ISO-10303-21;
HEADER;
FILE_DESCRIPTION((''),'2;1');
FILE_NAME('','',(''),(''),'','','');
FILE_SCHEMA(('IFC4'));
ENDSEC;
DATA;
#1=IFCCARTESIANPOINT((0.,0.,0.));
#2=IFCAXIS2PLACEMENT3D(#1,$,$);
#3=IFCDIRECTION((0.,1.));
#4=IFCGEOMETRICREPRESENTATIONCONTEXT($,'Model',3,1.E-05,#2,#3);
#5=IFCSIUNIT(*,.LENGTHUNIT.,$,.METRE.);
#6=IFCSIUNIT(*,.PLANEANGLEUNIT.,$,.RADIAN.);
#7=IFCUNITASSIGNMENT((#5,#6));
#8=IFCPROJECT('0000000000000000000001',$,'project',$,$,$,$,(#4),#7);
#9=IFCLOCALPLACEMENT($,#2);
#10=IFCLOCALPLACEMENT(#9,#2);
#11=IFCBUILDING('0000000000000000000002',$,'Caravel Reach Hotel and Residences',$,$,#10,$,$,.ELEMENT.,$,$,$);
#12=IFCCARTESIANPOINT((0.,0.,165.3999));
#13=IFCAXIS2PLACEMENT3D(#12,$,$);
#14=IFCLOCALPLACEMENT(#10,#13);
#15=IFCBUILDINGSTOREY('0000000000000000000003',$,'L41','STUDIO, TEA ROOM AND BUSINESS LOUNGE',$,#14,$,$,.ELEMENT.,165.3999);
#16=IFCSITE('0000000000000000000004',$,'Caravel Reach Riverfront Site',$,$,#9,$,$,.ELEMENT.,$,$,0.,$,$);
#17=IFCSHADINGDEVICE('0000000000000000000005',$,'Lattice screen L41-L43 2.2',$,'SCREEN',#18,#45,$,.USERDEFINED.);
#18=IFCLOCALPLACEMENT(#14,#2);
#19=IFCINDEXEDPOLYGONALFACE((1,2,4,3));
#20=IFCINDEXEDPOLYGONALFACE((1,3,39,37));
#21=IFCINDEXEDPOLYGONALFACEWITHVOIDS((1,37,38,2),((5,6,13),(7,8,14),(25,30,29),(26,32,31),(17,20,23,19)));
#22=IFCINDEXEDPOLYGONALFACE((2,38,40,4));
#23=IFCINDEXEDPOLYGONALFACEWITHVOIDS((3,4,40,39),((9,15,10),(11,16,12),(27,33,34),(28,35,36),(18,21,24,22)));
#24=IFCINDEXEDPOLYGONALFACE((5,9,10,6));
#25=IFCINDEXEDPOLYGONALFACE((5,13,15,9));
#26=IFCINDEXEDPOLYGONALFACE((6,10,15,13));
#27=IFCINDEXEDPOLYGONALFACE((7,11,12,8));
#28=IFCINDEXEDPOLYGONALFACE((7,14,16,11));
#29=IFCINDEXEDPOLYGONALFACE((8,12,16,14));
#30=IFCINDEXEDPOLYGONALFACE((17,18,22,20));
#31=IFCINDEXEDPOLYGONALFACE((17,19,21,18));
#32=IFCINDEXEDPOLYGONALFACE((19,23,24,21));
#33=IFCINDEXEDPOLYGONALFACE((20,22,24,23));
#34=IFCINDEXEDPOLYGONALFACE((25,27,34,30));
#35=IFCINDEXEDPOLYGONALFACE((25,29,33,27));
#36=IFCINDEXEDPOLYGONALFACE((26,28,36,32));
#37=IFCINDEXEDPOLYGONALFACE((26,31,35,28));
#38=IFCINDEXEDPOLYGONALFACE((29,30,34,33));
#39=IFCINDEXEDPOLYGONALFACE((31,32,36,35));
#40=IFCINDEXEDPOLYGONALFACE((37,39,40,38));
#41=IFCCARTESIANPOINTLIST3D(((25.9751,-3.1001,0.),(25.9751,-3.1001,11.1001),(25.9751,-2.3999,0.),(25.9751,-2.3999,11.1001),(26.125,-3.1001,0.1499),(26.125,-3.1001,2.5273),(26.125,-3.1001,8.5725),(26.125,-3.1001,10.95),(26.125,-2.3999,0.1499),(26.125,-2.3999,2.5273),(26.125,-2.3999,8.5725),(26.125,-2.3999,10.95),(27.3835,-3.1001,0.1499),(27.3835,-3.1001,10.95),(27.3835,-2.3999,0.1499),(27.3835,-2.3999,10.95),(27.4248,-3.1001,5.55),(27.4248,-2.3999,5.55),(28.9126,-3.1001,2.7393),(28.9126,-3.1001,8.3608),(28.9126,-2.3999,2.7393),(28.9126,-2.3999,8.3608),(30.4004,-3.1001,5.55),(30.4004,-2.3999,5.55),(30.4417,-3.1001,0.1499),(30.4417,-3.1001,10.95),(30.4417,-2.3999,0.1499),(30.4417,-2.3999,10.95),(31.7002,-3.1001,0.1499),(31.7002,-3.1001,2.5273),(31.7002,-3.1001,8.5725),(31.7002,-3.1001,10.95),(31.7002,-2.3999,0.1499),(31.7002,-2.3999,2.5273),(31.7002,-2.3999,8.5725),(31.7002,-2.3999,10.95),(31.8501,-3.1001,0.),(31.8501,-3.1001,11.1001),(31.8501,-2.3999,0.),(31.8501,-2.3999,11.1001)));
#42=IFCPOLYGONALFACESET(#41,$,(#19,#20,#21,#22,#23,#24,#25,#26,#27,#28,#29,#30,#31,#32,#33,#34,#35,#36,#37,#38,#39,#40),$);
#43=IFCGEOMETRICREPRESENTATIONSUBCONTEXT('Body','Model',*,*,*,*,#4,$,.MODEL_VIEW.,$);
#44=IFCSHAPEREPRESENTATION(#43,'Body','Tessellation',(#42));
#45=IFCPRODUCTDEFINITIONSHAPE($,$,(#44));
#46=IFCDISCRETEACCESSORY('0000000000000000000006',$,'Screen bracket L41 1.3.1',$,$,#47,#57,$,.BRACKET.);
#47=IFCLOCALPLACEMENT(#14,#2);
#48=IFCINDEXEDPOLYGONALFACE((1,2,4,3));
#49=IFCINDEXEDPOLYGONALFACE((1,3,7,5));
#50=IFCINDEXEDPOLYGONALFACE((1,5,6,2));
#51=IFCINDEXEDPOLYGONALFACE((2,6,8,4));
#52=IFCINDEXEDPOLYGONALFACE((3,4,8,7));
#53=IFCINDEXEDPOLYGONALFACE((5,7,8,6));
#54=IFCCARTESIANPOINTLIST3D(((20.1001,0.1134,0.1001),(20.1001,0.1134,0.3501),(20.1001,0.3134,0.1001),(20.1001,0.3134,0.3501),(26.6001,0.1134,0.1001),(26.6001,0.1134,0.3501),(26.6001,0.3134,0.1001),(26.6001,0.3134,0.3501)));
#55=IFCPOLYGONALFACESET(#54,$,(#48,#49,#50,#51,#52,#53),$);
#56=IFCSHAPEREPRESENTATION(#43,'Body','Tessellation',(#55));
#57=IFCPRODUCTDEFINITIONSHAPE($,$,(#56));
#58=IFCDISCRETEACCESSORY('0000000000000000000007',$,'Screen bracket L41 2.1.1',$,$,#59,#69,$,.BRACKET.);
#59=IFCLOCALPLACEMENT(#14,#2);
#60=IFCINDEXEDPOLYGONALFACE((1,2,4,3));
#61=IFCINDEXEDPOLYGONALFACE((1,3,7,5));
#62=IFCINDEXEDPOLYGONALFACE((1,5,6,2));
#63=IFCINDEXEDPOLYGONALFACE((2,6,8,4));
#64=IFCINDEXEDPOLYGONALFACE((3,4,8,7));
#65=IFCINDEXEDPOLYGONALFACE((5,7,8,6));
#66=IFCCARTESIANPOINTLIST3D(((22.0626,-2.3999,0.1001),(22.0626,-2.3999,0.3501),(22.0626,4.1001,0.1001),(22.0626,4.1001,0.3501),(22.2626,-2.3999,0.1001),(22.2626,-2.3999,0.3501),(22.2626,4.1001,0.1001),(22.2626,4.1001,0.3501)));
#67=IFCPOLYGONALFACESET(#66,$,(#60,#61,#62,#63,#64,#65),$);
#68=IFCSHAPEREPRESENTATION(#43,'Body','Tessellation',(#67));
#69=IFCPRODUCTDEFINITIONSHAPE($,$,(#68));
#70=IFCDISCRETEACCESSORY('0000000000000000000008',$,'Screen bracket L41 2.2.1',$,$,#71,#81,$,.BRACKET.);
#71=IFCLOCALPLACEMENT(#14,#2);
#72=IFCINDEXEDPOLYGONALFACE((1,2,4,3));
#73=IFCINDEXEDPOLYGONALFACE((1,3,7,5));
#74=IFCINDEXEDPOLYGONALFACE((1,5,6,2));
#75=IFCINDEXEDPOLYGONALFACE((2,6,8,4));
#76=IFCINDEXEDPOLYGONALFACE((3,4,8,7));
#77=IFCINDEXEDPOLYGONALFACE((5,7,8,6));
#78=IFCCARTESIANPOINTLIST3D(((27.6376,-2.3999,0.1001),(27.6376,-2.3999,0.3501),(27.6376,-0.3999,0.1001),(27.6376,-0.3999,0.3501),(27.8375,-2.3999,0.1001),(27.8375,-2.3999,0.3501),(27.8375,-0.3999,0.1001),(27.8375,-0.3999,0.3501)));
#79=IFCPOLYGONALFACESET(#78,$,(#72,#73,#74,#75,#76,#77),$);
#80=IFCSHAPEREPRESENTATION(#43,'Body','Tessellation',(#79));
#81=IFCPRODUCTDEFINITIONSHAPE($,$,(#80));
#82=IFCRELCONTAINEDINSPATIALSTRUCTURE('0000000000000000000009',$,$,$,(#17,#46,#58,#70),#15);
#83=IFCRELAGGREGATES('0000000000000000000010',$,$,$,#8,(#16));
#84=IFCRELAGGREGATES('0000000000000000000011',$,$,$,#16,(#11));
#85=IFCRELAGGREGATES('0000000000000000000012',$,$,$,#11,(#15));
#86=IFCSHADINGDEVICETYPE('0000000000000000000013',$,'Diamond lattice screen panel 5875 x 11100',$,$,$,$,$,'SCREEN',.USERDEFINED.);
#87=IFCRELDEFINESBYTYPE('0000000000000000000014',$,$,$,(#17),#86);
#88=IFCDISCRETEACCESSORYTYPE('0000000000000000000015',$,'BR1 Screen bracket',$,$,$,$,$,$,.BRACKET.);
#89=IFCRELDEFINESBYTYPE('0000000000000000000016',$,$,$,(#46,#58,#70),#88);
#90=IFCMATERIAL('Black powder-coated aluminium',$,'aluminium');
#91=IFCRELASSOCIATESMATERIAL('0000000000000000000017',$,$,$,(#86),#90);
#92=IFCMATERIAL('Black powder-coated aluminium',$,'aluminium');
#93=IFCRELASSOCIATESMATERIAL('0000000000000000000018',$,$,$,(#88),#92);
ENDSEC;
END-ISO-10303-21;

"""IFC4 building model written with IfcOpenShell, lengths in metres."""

from ifc_helpers import new_model, si_unit, direction, frame, origin, origin_2d, place, context, subcontext, project, spatial, polyline, rectangle, outline, extrude, material, type_object, element, save


model = new_model("IFC4")

# Units and contexts
model_context = context("Model", 3, precision=1e-05, world=origin(), true_north=direction((0.0, 1.0)))
body_context = subcontext(model_context, "Body", "Model", "MODEL_VIEW")
ifc_project = project(units=[si_unit("LENGTHUNIT", "METRE"), si_unit("PLANEANGLEUNIT", "RADIAN")], contexts=[model_context])

# Site, building, storey
site_placement = place(None, origin())
site = spatial("IfcSite", under=ifc_project, at=site_placement, Name="Caravel Reach Riverfront Site", CompositionType="ELEMENT", RefElevation=0.0)
building_placement = place(site_placement, origin())
building = spatial("IfcBuilding", under=site, at=building_placement, Name="Caravel Reach Hotel and Residences", CompositionType="ELEMENT")
storey_placement = place(building_placement, frame((0.0, 0.0, 165.3999)))
storey = spatial("IfcBuildingStorey", under=building, at=storey_placement, Name="L41", Description="STUDIO, TEA ROOM AND BUSINESS LOUNGE", CompositionType="ELEMENT", Elevation=165.3999)

# Shading device
ifc_material_1 = material(Name="Black powder-coated aluminium", Category="aluminium")
shading_device_type_1 = type_object("IfcShadingDeviceType", Name="Diamond lattice screen panel 5875 x 11100", ElementType="SCREEN", PredefinedType="USERDEFINED", material=ifc_material_1)
for number, where, z_axis, x_axis, name in (
    (1, (25.9751, -2.3999, 0.0), (0.0, -1.0, 0.0), (1.0, 0.0, 0.0), "Lattice screen L41-L43 2.2"),
):
    element("IfcShadingDevice", number, at=place(storey_placement, frame(where, z_axis=z_axis, x_axis=x_axis)), inside=storey, type_object=shading_device_type_1, Name=name, ObjectType="SCREEN", PredefinedType="USERDEFINED", context=body_context, shape_type="SweptSolid", body=[
        extrude(outline(polyline([(0.0, 0.0), (5.875, 0.0), (5.875, 11.1001), (0.0, 11.1001), (0.0, 0.0)]), holes=[polyline([(1.4084, 0.1499), (0.1499, 2.5273), (0.1499, 0.1499), (1.4084, 0.1499)]), polyline([(0.1499, 8.5725), (1.4084, 10.95), (0.1499, 10.95), (0.1499, 8.5725)]), polyline([(2.9375, 8.3608), (1.4497, 5.55), (2.9375, 2.7393), (4.4253, 5.55), (2.9375, 8.3608)]), polyline([(5.7251, 2.5273), (4.4666, 0.1499), (5.7251, 0.1499), (5.7251, 2.5273)]), polyline([(4.4666, 10.95), (5.7251, 8.5725), (5.7251, 10.95), (4.4666, 10.95)])]), origin(), (0.0, 0.0, 1.0), 0.7002),
    ])

# Discrete accessories
ifc_material_2 = material(Name="Black powder-coated aluminium", Category="aluminium")
discrete_accessory_type = type_object("IfcDiscreteAccessoryType", Name="BR1 Screen bracket", PredefinedType="BRACKET", material=ifc_material_2)
for number, where, z_axis, x_axis, name in (
    (2, (23.3501, 0.2134, 0.1001), (0.0, 0.0, 1.0), (-1.0, 0.0, 0.0), "Screen bracket L41 1.3.1"),
    (3, (22.1626, 0.8501, 0.1001), (0.0, 0.0, 1.0), (0.0, -1.0, 0.0), "Screen bracket L41 2.1.1"),
):
    element("IfcDiscreteAccessory", number, at=place(storey_placement, frame(where, z_axis=z_axis, x_axis=x_axis)), inside=storey, type_object=discrete_accessory_type, Name=name, PredefinedType="BRACKET", context=body_context, shape_type="SweptSolid", body=[
        extrude(rectangle(XDim=6.5, YDim=0.2, at=origin_2d()), origin(), (0.0, 0.0, 1.0), 0.25),
    ])
discrete_accessory_placement = place(storey_placement, frame((27.7375, -1.3999, 0.1001), z_axis=(0.0, 0.0, 1.0), x_axis=(0.0, -1.0, 0.0)))
element("IfcDiscreteAccessory", 4, at=discrete_accessory_placement, inside=storey, type_object=discrete_accessory_type, Name="Screen bracket L41 2.2.1", PredefinedType="BRACKET", context=body_context, shape_type="SweptSolid", body=[
    extrude(rectangle(XDim=2.0, YDim=0.2, at=origin_2d()), origin(), (0.0, 0.0, 1.0), 0.25),
])

save(model, "model.ifc")
